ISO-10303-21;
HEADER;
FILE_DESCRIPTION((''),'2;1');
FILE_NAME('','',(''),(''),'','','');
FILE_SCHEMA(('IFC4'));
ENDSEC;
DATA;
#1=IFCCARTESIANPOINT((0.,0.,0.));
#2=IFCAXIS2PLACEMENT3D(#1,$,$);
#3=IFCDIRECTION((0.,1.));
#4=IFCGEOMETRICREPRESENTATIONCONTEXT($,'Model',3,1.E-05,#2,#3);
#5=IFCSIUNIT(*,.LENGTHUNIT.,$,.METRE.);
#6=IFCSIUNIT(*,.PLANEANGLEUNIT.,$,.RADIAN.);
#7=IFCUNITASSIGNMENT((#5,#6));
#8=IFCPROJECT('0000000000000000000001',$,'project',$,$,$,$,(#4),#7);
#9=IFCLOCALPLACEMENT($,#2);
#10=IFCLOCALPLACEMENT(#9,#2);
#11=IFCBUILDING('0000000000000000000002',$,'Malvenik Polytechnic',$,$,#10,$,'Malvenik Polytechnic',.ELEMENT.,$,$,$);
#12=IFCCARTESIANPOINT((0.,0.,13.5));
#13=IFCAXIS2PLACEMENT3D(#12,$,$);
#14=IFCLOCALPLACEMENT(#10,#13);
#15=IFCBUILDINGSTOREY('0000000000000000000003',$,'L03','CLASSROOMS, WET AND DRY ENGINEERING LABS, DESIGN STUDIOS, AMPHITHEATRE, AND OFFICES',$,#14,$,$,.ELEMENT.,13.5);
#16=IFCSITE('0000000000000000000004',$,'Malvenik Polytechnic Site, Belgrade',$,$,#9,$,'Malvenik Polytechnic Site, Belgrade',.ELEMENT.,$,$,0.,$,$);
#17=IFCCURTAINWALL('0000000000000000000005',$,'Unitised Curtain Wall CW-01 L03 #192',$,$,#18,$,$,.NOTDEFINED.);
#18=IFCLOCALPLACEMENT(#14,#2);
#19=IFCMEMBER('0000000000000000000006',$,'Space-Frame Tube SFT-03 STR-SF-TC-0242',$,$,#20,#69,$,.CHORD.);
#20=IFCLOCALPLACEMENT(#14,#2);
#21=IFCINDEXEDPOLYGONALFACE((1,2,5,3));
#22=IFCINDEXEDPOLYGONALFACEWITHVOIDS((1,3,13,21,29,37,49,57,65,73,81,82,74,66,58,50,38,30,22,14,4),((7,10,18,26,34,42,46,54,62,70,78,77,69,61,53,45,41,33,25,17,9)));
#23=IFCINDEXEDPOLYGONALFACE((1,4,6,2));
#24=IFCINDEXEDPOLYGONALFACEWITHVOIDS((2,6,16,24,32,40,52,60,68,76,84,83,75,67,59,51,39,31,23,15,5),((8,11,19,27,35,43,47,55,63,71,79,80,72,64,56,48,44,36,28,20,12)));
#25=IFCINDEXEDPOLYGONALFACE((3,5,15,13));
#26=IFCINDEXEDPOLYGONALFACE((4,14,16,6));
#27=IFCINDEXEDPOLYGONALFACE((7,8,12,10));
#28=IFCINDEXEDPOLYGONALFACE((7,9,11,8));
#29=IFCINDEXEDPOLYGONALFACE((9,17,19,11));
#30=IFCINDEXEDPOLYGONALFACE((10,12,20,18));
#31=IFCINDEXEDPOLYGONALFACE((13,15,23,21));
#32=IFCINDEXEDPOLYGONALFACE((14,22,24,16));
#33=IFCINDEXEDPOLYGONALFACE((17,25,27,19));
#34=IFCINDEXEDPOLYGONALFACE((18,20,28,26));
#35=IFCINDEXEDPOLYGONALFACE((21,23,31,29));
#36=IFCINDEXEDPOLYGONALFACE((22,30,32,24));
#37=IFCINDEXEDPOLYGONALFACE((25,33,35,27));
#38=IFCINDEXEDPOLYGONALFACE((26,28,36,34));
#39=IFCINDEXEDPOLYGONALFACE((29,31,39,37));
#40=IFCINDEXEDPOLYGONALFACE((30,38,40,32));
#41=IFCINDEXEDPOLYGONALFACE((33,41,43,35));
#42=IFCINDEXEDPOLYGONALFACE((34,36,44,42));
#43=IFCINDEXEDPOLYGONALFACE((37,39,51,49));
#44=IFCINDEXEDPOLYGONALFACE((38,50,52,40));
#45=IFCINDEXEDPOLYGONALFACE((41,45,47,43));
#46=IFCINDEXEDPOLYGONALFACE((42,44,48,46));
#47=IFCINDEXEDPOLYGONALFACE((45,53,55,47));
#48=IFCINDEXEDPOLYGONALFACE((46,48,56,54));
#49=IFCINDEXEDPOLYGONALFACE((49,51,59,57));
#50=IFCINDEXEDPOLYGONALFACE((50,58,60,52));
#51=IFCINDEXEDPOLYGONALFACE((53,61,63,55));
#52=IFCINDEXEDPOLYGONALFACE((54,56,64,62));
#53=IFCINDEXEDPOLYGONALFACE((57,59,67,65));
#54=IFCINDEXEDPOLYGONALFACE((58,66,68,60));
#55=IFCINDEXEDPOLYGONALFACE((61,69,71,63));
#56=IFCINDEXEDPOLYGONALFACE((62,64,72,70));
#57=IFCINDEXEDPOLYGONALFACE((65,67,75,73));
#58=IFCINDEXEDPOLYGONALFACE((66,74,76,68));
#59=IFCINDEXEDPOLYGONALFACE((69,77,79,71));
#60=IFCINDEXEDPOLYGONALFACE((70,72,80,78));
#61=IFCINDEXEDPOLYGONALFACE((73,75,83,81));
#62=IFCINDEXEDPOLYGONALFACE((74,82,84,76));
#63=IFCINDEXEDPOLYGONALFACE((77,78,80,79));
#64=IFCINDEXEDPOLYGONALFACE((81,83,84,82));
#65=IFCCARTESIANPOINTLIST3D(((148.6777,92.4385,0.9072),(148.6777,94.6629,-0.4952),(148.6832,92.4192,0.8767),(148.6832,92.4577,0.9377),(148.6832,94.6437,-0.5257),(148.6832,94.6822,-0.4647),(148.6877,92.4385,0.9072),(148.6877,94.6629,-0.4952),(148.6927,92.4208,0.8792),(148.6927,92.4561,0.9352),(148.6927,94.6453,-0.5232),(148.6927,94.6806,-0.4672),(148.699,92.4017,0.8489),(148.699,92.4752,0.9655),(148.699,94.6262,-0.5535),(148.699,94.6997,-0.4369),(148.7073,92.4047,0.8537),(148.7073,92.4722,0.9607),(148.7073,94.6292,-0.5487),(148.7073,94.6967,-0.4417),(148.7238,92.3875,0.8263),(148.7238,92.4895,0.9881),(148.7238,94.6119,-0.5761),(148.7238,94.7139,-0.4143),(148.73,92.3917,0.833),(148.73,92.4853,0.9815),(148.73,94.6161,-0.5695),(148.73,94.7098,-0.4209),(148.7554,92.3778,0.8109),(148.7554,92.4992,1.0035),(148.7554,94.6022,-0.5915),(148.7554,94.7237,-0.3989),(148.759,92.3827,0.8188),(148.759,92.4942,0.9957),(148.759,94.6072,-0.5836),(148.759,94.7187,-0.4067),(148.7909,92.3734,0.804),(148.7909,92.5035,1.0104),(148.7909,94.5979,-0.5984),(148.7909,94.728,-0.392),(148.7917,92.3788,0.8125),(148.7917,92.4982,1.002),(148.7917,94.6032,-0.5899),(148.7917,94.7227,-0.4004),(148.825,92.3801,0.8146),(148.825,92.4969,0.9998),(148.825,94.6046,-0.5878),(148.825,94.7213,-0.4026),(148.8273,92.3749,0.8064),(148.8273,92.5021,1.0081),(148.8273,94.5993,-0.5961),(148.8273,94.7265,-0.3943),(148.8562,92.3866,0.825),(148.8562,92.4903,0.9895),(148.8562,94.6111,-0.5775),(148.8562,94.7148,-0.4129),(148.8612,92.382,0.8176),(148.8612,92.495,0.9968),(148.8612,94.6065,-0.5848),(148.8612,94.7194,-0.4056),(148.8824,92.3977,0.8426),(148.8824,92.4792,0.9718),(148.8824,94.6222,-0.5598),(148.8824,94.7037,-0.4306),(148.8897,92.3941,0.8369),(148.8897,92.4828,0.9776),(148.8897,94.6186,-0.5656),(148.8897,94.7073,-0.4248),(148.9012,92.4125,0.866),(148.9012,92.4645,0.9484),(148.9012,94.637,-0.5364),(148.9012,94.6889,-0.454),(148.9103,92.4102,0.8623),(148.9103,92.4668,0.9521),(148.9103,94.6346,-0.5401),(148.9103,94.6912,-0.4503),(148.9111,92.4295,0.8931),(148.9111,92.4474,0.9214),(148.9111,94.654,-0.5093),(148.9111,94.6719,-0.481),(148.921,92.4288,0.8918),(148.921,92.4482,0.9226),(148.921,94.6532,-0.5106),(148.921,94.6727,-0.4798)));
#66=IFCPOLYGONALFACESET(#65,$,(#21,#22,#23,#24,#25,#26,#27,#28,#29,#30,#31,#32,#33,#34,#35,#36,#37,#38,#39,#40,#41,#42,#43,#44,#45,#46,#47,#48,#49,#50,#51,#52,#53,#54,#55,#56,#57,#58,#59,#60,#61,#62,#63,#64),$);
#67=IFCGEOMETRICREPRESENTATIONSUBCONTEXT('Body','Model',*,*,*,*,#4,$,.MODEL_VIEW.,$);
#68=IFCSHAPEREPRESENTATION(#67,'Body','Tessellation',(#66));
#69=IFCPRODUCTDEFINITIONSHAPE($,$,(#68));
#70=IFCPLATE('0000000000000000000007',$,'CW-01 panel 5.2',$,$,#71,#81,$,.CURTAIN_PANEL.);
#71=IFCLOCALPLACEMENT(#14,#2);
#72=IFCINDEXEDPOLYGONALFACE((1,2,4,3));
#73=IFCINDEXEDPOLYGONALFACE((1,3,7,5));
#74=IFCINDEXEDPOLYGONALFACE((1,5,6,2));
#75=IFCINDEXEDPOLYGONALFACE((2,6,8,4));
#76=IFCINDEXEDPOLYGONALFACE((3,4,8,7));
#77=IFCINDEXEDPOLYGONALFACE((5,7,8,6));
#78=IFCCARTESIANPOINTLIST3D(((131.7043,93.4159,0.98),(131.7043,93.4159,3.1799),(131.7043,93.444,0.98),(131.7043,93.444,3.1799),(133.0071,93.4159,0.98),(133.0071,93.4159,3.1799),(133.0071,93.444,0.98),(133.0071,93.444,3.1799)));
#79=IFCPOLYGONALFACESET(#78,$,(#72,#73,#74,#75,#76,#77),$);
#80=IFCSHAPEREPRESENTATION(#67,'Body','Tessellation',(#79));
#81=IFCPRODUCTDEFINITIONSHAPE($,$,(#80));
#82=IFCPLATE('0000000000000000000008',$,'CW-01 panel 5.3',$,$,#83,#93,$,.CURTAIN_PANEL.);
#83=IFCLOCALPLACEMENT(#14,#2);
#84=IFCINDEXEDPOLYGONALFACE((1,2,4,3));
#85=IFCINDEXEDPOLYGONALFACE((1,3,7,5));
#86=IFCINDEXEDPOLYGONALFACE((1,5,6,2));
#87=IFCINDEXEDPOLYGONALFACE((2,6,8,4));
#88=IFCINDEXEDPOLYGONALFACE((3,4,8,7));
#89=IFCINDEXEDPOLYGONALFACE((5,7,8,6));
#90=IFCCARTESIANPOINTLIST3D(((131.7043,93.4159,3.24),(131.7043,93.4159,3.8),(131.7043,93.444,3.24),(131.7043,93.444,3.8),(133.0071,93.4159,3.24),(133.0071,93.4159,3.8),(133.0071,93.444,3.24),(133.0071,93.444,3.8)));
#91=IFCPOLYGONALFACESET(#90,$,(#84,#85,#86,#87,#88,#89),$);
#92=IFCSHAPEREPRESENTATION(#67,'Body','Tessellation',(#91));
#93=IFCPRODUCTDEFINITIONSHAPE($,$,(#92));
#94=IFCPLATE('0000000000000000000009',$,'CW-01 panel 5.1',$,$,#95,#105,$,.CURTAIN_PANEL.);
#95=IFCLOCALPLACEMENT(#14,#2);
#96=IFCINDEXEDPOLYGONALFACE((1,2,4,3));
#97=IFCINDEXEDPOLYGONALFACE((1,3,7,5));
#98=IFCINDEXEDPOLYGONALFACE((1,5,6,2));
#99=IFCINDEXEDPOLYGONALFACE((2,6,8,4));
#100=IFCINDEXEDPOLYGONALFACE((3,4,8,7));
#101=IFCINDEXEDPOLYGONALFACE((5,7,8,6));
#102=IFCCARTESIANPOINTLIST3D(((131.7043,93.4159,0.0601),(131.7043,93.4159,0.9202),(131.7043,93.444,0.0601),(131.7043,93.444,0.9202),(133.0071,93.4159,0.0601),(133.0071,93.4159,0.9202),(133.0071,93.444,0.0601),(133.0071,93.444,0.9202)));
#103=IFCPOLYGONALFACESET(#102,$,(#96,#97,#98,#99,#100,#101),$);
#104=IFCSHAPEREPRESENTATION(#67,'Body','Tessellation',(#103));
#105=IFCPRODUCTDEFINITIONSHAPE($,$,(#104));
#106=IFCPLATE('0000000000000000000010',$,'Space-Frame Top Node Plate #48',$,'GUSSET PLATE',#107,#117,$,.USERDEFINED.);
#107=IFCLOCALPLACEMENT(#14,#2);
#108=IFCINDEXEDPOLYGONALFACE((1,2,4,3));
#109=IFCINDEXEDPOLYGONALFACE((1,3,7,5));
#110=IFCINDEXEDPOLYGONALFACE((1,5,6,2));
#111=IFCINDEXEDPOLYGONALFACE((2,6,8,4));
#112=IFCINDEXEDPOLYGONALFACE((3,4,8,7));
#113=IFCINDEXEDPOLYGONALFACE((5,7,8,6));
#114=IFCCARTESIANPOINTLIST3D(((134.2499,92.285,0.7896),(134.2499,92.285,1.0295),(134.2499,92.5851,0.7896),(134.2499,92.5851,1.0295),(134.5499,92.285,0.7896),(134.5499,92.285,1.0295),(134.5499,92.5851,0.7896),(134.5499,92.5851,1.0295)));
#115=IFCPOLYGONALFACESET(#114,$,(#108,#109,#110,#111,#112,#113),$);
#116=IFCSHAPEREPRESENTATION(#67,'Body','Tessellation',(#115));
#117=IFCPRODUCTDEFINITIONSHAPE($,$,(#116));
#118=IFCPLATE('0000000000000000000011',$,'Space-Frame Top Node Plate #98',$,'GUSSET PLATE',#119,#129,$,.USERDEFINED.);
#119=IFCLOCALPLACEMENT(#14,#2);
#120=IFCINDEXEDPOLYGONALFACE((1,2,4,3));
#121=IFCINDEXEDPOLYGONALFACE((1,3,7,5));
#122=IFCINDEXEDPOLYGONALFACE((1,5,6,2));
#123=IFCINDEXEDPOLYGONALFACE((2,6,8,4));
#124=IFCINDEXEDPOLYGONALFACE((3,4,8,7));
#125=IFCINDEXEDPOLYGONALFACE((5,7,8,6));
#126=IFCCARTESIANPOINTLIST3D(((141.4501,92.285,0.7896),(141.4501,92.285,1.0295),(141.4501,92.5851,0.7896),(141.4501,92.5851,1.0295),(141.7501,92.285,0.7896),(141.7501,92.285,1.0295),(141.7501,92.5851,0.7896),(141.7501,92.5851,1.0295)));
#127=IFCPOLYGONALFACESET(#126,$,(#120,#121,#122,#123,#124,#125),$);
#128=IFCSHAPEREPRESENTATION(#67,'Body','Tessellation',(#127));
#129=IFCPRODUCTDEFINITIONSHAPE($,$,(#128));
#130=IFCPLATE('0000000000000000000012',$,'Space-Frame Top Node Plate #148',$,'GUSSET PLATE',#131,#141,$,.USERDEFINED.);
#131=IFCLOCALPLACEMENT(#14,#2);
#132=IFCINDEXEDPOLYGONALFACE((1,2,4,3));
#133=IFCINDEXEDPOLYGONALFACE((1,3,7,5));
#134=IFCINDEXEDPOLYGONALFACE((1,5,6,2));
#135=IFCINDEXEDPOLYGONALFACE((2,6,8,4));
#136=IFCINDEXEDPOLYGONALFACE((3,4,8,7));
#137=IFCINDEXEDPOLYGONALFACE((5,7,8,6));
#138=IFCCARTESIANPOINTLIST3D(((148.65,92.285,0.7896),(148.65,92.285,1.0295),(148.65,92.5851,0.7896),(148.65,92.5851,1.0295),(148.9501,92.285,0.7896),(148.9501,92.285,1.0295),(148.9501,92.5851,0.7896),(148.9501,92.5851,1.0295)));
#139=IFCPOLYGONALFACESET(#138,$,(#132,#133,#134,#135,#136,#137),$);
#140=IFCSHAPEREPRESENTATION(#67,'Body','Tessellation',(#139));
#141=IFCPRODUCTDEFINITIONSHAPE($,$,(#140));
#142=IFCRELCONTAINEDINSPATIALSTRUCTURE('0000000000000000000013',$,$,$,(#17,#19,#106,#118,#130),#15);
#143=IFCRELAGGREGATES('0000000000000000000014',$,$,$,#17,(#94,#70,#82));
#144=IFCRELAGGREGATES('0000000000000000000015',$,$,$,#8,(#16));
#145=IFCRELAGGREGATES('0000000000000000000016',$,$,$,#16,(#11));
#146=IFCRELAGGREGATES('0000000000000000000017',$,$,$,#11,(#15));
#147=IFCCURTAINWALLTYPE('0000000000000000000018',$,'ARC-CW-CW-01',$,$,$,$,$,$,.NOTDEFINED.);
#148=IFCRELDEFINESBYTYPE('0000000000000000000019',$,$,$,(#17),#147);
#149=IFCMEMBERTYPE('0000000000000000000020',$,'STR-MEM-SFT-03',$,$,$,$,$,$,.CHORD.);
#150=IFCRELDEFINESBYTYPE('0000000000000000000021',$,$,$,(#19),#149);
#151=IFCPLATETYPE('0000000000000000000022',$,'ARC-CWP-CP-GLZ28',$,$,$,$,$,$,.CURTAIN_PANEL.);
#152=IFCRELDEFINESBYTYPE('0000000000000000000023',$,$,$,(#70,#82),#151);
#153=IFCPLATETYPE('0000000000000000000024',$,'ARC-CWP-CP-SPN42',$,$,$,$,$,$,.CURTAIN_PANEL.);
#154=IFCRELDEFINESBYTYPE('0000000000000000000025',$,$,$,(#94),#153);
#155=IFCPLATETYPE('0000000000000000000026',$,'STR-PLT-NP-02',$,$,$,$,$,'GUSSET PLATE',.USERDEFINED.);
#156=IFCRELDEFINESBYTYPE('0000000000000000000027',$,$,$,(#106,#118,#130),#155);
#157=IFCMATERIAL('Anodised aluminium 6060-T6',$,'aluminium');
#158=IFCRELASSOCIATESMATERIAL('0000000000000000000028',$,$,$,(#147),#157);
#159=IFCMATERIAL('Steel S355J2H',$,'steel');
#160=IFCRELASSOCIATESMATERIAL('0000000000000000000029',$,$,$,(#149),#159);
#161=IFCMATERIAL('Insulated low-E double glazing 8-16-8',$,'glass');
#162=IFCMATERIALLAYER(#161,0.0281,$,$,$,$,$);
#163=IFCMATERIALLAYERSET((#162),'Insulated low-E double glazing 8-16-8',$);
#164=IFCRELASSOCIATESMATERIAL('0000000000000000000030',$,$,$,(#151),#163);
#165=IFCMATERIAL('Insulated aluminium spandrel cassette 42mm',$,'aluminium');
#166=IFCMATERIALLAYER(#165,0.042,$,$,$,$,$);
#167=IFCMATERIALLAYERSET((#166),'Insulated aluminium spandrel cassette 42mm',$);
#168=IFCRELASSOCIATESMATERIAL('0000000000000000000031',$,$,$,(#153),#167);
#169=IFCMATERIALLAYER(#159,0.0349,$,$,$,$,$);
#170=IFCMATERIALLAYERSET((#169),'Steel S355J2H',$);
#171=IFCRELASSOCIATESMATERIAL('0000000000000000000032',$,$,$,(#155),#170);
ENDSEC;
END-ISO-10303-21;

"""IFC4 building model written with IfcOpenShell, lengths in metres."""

from ifc_helpers import new_model, si_unit, direction, frame, origin, origin_2d, place, context, subcontext, project, spatial, rectangle, hollow_circle, extrude, material, layer, layer_set, material_profile, profile_set, type_object, element, aggregate, save


model = new_model("IFC4")

# Units and contexts
model_context = context("Model", 3, precision=1e-05, world=origin(), true_north=direction((0.0, 1.0)))
body_context = subcontext(model_context, "Body", "Model", "MODEL_VIEW")
ifc_project = project(units=[si_unit("LENGTHUNIT", "METRE"), si_unit("PLANEANGLEUNIT", "RADIAN")], contexts=[model_context])

# Site, building, storey
site_placement = place(None, origin())
site = spatial("IfcSite", under=ifc_project, at=site_placement, Name="Malvenik Polytechnic Site, Belgrade", LongName="Malvenik Polytechnic Site, Belgrade", CompositionType="ELEMENT", RefElevation=0.0)
building_placement = place(site_placement, origin())
building = spatial("IfcBuilding", under=site, at=building_placement, Name="Malvenik Polytechnic", LongName="Malvenik Polytechnic", CompositionType="ELEMENT")
storey_placement = place(building_placement, frame((0.0, 0.0, 13.5)))
storey = spatial("IfcBuildingStorey", under=building, at=storey_placement, Name="L03", Description="CLASSROOMS, WET AND DRY ENGINEERING LABS, DESIGN STUDIOS, AMPHITHEATRE, AND OFFICES", CompositionType="ELEMENT", Elevation=13.5)

# Curtain wall
ifc_material_1 = material(Name="Anodised aluminium 6060-T6", Category="aluminium")
curtain_wall_type = type_object("IfcCurtainWallType", Name="ARC-CW-CW-01", PredefinedType="NOTDEFINED", material=ifc_material_1)
curtain_wall_placement = place(storey_placement, origin())
curtain_wall = element("IfcCurtainWall", 1, at=curtain_wall_placement, inside=storey, type_object=curtain_wall_type, Name="Unitised Curtain Wall CW-01 L03 #192", PredefinedType="NOTDEFINED")

# Member
ifc_material_2 = material(Name="Steel S355J2H", Category="steel")
ifc_material_profile_1 = material_profile(ifc_material_2, hollow_circle(Radius=0.1223, WallThickness=0.01, at=origin_2d()), Name="CHS 244.5x10.0")
ifc_profile_set_1 = profile_set([ifc_material_profile_1], Name="Steel S355J2H")
member_type_1 = type_object("IfcMemberType", Name="STR-MEM-SFT-03", PredefinedType="CHORD", material=ifc_profile_set_1)
member_1_placement = place(storey_placement, frame((148.8, 92.4385, 0.9072), z_axis=(0.0, 0.845921, -0.533308), x_axis=(-1.0, 0.0, 0.0)))
element("IfcMember", 2, at=member_1_placement, inside=storey, type_object=member_type_1, Name="Space-Frame Tube SFT-03 STR-SF-TC-0242", PredefinedType="CHORD", context=body_context, shape_type="SweptSolid", body=[
    extrude(hollow_circle(Radius=0.1223, WallThickness=0.01, at=origin_2d()), origin(), (0.0, 0.0, 1.0), 2.6296),
])

# Plates
ifc_material_3 = material(Name="Insulated low-E double glazing 8-16-8", Category="glass")
ifc_layer_1 = layer(ifc_material_3, 0.0281)
ifc_layer_set_1 = layer_set([ifc_layer_1], Name="Insulated low-E double glazing 8-16-8")
plate_type_1 = type_object("IfcPlateType", Name="ARC-CWP-CP-GLZ28", PredefinedType="CURTAIN_PANEL", material=ifc_layer_set_1)
plate_1_placement = place(storey_placement, frame((132.3557, 93.4299, 0.98), z_axis=(0.0, 0.0, 1.0), x_axis=(1.0, 0.0, 0.0)))
plate_1 = element("IfcPlate", 3, at=plate_1_placement, type_object=plate_type_1, Name="CW-01 panel 5.2", PredefinedType="CURTAIN_PANEL", context=body_context, shape_type="SweptSolid", body=[
    extrude(rectangle(XDim=1.3027, YDim=0.0281, at=origin_2d()), origin(), (0.0, 0.0, 1.0), 2.2),
])
plate_2_placement = place(storey_placement, frame((132.3557, 93.4299, 3.24), z_axis=(0.0, 0.0, 1.0), x_axis=(1.0, 0.0, 0.0)))
plate_2 = element("IfcPlate", 4, at=plate_2_placement, type_object=plate_type_1, Name="CW-01 panel 5.3", PredefinedType="CURTAIN_PANEL", context=body_context, shape_type="SweptSolid", body=[
    extrude(rectangle(XDim=1.3027, YDim=0.0281, at=origin_2d()), origin(), (0.0, 0.0, 1.0), 0.5601),
])
ifc_material_4 = material(Name="Insulated aluminium spandrel cassette 42mm", Category="aluminium")
ifc_layer_2 = layer(ifc_material_4, 0.042)
ifc_layer_set_2 = layer_set([ifc_layer_2], Name="Insulated aluminium spandrel cassette 42mm")
plate_type_2 = type_object("IfcPlateType", Name="ARC-CWP-CP-SPN42", PredefinedType="CURTAIN_PANEL", material=ifc_layer_set_2)
plate_3_placement = place(storey_placement, frame((132.3557, 93.4299, 0.0601), z_axis=(0.0, 0.0, 1.0), x_axis=(1.0, 0.0, 0.0)))
plate_3 = element("IfcPlate", 5, at=plate_3_placement, type_object=plate_type_2, Name="CW-01 panel 5.1", PredefinedType="CURTAIN_PANEL", context=body_context, shape_type="SweptSolid", body=[
    extrude(rectangle(XDim=1.3027, YDim=0.0281, at=origin_2d()), origin(), (0.0, 0.0, 1.0), 0.8601),
])
aggregate(curtain_wall, [plate_3, plate_1, plate_2])

# Plates
ifc_layer_3 = layer(ifc_material_2, 0.0349)
ifc_layer_set_3 = layer_set([ifc_layer_3], Name="Steel S355J2H")
plate_type_3 = type_object("IfcPlateType", Name="STR-PLT-NP-02", ElementType="GUSSET PLATE", PredefinedType="USERDEFINED", material=ifc_layer_set_3)
for number, where, z_axis, x_axis, name in (
    (6, (134.3999, 92.4351, 0.7896), (0.0, 0.0, 1.0), (1.0, 0.0, 0.0), "Space-Frame Top Node Plate #48"),
    (7, (141.6001, 92.4351, 0.7896), (0.0, 0.0, 1.0), (1.0, 0.0, 0.0), "Space-Frame Top Node Plate #98"),
    (8, (148.8, 92.4351, 0.7896), (0.0, 0.0, 1.0), (1.0, 0.0, 0.0), "Space-Frame Top Node Plate #148"),
):
    element("IfcPlate", number, at=place(storey_placement, frame(where, z_axis=z_axis, x_axis=x_axis)), inside=storey, type_object=plate_type_3, Name=name, ObjectType="GUSSET PLATE", PredefinedType="USERDEFINED", context=body_context, shape_type="SweptSolid", body=[
        extrude(rectangle(XDim=0.3, YDim=0.3, at=origin_2d()), origin(), (0.0, 0.0, 1.0), 0.24),
    ])

save(model, "model.ifc")
